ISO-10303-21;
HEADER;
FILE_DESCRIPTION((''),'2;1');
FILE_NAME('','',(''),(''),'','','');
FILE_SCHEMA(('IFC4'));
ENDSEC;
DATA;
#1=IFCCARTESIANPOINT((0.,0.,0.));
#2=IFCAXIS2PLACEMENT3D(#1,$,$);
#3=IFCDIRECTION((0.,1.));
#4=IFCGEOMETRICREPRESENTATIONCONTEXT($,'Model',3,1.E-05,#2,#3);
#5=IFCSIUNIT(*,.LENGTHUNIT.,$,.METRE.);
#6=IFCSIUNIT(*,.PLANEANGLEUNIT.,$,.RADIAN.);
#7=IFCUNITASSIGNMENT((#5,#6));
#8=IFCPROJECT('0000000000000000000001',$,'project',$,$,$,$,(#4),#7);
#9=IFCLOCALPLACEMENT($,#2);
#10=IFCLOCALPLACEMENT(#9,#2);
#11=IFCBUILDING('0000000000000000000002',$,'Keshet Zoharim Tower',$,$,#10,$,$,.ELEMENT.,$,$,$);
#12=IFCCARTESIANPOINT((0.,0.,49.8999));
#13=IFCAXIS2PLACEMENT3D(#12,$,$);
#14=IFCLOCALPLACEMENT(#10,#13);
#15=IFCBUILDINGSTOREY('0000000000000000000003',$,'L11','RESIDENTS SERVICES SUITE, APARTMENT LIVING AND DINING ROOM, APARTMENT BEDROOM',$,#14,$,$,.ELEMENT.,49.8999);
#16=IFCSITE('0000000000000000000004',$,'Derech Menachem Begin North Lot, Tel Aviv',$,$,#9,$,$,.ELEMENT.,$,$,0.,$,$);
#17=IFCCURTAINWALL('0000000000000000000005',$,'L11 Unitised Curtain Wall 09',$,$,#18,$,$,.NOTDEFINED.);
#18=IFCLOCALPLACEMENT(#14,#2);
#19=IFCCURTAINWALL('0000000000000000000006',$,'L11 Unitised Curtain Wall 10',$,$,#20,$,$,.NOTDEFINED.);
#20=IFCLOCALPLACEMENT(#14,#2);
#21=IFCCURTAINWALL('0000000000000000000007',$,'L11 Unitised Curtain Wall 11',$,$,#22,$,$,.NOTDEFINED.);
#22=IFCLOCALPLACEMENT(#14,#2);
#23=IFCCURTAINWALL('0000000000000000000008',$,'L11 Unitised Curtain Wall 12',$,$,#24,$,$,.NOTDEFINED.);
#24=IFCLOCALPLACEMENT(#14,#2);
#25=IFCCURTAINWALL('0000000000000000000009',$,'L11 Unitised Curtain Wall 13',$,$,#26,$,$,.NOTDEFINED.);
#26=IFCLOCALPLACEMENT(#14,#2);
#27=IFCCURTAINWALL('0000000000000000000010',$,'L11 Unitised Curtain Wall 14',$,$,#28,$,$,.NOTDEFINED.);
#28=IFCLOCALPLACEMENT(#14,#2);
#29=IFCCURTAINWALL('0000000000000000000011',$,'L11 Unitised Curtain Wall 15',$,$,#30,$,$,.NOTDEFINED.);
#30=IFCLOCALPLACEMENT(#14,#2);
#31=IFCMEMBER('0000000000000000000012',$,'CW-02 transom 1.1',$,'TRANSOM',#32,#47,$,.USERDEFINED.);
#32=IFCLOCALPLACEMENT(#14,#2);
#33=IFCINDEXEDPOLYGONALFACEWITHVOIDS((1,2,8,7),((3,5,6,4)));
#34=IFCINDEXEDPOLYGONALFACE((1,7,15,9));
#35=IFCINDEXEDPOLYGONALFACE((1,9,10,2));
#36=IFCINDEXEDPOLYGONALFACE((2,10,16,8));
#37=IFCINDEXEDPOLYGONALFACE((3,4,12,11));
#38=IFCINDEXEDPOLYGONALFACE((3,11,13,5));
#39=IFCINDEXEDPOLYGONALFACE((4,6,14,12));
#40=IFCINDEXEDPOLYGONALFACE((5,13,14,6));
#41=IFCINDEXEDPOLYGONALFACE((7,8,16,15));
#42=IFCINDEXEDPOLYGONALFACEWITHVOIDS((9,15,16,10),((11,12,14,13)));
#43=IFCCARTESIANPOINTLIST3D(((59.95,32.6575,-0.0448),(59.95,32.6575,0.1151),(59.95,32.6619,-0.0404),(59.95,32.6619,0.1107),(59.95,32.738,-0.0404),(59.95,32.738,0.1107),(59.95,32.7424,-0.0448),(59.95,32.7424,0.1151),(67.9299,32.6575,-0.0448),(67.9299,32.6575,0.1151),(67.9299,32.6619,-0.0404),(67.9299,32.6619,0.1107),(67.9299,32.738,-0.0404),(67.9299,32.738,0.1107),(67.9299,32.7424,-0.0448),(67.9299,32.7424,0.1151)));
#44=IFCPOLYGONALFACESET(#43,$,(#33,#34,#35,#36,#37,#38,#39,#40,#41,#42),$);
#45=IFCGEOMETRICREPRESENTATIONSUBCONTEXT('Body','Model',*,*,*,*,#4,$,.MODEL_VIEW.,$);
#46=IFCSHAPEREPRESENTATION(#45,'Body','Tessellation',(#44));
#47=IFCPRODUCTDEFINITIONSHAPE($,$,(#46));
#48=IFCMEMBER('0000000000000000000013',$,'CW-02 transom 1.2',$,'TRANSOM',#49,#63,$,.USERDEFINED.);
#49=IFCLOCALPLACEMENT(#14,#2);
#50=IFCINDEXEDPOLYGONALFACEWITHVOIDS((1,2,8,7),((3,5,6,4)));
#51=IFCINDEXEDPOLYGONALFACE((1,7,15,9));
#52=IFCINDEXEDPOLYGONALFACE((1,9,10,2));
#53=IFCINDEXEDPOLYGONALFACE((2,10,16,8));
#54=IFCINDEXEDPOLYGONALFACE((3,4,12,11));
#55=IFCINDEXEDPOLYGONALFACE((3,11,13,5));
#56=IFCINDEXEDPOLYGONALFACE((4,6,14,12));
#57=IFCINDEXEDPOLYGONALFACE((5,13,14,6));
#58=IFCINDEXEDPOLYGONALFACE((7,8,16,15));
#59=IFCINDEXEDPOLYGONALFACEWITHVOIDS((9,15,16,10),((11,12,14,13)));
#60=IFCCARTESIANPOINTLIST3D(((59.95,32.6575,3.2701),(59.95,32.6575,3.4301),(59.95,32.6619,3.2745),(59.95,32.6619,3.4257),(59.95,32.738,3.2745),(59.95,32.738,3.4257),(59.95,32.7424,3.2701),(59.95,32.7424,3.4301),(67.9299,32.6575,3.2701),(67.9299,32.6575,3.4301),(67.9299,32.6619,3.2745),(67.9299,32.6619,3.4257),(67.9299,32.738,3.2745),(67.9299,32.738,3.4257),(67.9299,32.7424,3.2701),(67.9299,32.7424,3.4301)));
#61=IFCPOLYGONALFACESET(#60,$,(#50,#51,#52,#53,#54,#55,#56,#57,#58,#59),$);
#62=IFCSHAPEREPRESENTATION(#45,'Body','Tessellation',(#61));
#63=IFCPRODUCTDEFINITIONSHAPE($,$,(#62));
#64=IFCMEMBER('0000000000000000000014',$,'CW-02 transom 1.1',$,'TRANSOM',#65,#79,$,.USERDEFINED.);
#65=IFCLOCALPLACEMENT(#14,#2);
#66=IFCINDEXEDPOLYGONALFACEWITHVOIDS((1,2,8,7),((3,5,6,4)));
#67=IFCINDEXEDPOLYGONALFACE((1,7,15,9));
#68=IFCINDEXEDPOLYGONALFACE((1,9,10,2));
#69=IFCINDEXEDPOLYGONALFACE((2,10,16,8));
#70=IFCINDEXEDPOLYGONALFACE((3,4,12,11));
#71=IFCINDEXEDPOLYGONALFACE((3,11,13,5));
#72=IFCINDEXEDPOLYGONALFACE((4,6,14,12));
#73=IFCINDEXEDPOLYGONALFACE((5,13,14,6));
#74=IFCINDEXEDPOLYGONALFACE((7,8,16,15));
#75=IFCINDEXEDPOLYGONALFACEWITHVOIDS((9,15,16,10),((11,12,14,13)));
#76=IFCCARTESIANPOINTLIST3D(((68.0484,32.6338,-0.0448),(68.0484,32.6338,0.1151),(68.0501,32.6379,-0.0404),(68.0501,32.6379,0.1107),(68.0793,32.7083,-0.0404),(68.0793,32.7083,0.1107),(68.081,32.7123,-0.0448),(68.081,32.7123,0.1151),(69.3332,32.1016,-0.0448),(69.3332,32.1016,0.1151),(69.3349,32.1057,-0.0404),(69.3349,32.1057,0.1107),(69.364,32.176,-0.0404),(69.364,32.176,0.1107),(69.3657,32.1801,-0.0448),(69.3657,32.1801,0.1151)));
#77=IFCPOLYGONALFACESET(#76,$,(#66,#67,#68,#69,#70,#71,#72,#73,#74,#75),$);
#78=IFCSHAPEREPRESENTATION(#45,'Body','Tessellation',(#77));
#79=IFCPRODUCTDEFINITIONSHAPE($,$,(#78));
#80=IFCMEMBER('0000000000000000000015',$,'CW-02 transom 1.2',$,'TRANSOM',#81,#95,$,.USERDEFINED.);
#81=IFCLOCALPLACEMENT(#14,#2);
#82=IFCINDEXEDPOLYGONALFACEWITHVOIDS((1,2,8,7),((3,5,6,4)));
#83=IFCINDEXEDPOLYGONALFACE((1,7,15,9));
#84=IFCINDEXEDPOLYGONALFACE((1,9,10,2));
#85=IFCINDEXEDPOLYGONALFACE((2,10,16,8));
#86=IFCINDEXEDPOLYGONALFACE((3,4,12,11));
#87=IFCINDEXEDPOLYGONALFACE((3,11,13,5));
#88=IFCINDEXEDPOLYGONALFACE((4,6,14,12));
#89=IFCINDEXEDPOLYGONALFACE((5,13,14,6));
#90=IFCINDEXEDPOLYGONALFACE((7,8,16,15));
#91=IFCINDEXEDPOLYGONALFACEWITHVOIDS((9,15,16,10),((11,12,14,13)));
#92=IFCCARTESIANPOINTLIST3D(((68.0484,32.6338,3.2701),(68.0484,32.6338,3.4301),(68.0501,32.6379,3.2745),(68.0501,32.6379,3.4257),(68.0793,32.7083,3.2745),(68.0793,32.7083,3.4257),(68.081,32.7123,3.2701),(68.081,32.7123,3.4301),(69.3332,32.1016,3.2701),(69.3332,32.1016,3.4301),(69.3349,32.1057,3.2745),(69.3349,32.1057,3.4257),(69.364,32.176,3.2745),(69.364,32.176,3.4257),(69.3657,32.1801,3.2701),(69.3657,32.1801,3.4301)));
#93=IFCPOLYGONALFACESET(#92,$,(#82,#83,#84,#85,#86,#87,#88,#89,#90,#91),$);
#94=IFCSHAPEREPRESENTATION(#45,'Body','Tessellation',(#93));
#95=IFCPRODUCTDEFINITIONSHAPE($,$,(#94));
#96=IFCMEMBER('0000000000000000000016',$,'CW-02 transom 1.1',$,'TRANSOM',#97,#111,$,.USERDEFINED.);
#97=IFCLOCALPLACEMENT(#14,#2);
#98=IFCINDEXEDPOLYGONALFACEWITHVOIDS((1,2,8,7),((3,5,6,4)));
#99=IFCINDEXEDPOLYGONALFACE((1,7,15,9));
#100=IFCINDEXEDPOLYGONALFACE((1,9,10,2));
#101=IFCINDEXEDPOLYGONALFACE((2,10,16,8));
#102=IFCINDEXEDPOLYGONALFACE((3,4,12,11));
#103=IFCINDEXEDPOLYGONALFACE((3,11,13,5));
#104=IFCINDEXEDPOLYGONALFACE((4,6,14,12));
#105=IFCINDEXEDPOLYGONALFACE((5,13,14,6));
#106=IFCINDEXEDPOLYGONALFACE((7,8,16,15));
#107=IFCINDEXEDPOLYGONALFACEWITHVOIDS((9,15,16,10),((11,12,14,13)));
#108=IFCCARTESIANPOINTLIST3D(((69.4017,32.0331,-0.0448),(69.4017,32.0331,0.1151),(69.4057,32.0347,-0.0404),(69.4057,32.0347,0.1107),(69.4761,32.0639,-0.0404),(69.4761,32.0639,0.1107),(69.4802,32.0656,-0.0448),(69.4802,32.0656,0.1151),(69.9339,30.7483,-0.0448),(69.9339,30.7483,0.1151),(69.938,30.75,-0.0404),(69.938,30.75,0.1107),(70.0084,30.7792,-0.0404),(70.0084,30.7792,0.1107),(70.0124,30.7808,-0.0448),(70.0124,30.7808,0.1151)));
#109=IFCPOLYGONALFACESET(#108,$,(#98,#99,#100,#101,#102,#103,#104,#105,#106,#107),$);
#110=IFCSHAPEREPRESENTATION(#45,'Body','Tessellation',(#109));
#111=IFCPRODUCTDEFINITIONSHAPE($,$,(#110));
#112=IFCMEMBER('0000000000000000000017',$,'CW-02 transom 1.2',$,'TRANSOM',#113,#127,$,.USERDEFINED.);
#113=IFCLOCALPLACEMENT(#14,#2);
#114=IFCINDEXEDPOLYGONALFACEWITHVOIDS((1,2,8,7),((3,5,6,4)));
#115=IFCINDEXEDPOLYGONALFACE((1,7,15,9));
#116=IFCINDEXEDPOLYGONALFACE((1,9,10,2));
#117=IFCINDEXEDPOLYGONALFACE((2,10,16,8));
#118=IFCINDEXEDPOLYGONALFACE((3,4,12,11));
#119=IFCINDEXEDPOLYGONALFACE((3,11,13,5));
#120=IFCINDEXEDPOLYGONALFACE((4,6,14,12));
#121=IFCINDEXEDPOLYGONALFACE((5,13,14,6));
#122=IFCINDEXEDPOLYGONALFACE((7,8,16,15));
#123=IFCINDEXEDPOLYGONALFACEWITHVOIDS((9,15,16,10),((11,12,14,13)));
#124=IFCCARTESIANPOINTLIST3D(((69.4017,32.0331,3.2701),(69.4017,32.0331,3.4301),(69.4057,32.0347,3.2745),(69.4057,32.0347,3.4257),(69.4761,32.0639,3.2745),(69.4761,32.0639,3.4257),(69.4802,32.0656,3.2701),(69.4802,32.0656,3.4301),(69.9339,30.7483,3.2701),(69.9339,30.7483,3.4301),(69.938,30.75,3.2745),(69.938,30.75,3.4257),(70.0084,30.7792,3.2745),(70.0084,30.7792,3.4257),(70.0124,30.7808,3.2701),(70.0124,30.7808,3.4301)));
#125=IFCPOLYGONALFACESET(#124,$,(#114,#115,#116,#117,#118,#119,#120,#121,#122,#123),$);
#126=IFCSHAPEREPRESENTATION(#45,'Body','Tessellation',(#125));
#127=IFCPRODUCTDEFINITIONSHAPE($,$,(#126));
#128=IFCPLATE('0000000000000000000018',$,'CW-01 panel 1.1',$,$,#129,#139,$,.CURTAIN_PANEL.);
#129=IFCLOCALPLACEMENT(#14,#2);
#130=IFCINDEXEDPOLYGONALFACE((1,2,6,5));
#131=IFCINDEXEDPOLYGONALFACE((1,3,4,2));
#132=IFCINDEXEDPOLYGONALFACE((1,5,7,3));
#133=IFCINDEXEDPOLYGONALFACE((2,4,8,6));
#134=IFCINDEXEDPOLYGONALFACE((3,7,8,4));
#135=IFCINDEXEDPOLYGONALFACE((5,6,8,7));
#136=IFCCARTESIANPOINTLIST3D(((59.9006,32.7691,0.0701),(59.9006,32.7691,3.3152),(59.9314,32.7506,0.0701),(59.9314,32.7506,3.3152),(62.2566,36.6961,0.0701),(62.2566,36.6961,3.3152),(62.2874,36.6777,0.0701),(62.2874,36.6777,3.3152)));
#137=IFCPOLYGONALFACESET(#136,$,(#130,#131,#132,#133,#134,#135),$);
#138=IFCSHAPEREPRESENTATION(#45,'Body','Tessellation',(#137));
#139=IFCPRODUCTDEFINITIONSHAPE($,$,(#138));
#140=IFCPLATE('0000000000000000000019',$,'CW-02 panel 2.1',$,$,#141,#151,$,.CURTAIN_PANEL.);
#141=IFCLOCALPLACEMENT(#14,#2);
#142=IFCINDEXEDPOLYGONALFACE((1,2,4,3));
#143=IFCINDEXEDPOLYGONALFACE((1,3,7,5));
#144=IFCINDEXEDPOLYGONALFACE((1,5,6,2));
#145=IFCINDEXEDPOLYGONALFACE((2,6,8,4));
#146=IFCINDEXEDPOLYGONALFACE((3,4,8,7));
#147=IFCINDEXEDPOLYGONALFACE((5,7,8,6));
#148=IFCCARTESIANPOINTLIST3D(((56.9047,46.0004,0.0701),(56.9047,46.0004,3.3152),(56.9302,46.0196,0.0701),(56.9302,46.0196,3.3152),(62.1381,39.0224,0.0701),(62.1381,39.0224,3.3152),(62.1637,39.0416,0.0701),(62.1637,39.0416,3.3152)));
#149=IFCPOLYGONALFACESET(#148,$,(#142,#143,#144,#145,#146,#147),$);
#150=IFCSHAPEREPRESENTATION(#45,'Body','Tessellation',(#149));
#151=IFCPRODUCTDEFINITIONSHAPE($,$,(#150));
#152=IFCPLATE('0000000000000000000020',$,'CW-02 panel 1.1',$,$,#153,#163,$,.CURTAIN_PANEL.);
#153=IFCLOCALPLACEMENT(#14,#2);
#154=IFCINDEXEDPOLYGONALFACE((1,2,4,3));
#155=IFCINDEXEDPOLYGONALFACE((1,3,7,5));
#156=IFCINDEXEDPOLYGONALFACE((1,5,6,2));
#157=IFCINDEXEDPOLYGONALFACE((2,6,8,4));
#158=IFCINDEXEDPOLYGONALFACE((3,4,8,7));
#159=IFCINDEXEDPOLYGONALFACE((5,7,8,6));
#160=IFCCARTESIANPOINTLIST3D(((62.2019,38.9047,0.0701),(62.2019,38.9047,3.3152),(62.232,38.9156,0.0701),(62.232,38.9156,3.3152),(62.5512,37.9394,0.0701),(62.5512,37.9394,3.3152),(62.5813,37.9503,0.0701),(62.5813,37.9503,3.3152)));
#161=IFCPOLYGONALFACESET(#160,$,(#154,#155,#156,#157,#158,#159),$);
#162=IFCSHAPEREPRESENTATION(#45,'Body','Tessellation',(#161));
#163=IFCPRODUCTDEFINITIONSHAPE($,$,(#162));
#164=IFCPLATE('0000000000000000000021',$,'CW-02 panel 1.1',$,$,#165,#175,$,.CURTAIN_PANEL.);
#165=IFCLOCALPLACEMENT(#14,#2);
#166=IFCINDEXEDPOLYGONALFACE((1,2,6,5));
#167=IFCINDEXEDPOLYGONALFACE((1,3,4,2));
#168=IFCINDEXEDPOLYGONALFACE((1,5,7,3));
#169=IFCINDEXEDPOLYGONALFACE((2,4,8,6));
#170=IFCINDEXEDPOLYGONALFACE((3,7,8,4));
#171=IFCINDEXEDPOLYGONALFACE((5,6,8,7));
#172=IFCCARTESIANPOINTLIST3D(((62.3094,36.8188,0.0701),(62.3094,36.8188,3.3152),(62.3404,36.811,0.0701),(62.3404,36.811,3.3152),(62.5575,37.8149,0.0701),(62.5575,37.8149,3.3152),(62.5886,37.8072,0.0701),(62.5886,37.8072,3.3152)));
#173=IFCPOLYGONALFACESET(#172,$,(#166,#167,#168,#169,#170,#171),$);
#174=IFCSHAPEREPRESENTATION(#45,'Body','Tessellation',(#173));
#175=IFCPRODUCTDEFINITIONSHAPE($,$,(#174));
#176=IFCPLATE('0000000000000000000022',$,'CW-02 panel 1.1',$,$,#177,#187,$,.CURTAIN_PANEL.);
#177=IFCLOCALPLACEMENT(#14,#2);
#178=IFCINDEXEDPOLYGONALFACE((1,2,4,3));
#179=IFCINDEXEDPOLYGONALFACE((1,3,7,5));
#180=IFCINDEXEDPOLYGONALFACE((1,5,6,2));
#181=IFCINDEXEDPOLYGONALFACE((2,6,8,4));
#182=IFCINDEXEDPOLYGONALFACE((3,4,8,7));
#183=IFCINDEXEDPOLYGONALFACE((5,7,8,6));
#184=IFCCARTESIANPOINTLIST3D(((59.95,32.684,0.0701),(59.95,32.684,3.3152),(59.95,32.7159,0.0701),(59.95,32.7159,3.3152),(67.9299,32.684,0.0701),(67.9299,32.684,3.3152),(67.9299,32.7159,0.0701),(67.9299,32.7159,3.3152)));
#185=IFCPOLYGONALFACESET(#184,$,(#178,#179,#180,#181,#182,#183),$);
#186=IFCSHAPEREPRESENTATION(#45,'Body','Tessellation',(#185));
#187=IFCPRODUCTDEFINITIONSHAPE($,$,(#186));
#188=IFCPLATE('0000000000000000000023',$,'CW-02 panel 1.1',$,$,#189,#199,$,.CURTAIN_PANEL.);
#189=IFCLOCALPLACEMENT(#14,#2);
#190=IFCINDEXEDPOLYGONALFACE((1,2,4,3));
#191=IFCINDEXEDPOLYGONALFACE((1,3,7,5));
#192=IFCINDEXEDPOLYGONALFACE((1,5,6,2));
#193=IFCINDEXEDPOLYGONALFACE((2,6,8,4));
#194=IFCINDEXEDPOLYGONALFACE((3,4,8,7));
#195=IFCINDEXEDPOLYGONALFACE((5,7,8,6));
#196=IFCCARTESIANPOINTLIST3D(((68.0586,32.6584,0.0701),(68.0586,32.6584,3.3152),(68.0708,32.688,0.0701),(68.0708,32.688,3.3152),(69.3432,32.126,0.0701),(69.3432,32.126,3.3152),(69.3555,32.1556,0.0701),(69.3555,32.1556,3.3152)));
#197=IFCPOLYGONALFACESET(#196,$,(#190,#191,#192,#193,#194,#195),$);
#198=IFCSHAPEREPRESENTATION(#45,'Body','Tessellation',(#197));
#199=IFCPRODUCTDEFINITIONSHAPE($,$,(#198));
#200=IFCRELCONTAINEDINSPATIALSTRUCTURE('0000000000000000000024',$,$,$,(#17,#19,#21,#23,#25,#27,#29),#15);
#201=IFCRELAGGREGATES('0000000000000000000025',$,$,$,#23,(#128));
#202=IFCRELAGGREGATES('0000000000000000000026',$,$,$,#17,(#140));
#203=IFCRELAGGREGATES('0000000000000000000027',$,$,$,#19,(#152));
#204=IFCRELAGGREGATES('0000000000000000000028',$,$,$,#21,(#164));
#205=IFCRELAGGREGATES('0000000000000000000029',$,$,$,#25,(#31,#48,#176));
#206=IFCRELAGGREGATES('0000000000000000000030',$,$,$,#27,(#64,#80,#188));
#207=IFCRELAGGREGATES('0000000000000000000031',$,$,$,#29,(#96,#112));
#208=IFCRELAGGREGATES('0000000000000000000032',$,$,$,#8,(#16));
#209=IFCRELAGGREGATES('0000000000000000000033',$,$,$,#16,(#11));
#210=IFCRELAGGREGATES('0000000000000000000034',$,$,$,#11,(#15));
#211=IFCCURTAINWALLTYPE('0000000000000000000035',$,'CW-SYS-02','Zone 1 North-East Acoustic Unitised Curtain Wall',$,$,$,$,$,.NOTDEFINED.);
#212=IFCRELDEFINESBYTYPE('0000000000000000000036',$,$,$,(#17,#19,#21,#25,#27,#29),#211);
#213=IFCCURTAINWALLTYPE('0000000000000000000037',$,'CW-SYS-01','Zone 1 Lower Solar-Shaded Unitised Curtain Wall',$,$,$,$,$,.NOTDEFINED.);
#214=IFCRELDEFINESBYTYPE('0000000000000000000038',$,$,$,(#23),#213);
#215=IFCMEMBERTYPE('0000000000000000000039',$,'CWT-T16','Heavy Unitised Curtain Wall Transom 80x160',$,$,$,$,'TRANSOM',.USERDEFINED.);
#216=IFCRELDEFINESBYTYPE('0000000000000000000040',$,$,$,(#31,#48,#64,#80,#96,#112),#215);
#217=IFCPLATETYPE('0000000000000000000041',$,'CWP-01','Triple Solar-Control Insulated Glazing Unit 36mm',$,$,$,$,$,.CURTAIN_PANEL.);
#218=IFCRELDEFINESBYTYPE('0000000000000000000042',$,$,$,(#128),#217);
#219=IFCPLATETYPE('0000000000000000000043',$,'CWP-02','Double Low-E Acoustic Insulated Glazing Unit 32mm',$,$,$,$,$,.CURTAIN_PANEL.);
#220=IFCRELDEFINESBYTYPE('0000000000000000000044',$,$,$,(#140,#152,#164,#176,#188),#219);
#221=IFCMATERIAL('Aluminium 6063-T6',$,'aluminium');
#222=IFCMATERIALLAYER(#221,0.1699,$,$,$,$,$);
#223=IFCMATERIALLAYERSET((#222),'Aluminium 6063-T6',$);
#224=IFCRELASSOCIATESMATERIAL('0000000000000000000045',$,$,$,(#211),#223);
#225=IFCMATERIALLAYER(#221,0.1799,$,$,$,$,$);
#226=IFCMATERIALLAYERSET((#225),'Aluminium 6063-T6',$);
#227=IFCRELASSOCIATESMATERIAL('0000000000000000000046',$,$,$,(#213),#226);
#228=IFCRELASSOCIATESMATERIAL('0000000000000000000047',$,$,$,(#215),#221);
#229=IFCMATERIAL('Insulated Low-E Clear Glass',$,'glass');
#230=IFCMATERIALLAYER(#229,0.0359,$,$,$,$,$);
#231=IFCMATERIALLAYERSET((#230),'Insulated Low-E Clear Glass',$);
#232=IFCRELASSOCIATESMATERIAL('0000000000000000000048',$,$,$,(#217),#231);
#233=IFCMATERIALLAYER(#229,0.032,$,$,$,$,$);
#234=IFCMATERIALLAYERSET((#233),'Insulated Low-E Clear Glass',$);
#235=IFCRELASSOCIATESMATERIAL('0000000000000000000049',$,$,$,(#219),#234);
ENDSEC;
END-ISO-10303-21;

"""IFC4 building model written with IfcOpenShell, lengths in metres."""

from ifc_helpers import new_model, si_unit, direction, frame, origin, origin_2d, place, context, subcontext, project, spatial, rectangle, hollow_rectangle, extrude, material, layer, layer_set, material_profile, profile_set, type_object, element, aggregate, save


model = new_model("IFC4")

# Units and contexts
model_context = context("Model", 3, precision=1e-05, world=origin(), true_north=direction((0.0, 1.0)))
body_context = subcontext(model_context, "Body", "Model", "MODEL_VIEW")
ifc_project = project(units=[si_unit("LENGTHUNIT", "METRE"), si_unit("PLANEANGLEUNIT", "RADIAN")], contexts=[model_context])

# Site, building, storey
site_placement = place(None, origin())
site = spatial("IfcSite", under=ifc_project, at=site_placement, Name="Derech Menachem Begin North Lot, Tel Aviv", CompositionType="ELEMENT", RefElevation=0.0)
building_placement = place(site_placement, origin())
building = spatial("IfcBuilding", under=site, at=building_placement, Name="Keshet Zoharim Tower", CompositionType="ELEMENT")
storey_placement = place(building_placement, frame((0.0, 0.0, 49.8999)))
storey = spatial("IfcBuildingStorey", under=building, at=storey_placement, Name="L11", Description="RESIDENTS SERVICES SUITE, APARTMENT LIVING AND DINING ROOM, APARTMENT BEDROOM", CompositionType="ELEMENT", Elevation=49.8999)

# Curtain wall
ifc_material_1 = material(Name="Aluminium 6063-T6", Category="aluminium")
ifc_layer_1 = layer(ifc_material_1, 0.1699)
ifc_layer_set_1 = layer_set([ifc_layer_1], Name="Aluminium 6063-T6")
curtain_wall_type_1 = type_object("IfcCurtainWallType", Name="CW-SYS-02", Description="Zone 1 North-East Acoustic Unitised Curtain Wall", PredefinedType="NOTDEFINED", material=ifc_layer_set_1)
curtain_wall_1_placement = place(storey_placement, origin())
curtain_wall_1 = element("IfcCurtainWall", 1, at=curtain_wall_1_placement, inside=storey, type_object=curtain_wall_type_1, Name="L11 Unitised Curtain Wall 09", PredefinedType="NOTDEFINED")

# Curtain walls
curtain_wall_2_placement = place(storey_placement, origin())
curtain_wall_2 = element("IfcCurtainWall", 2, at=curtain_wall_2_placement, inside=storey, type_object=curtain_wall_type_1, Name="L11 Unitised Curtain Wall 10", PredefinedType="NOTDEFINED")
curtain_wall_3_placement = place(storey_placement, origin())
curtain_wall_3 = element("IfcCurtainWall", 3, at=curtain_wall_3_placement, inside=storey, type_object=curtain_wall_type_1, Name="L11 Unitised Curtain Wall 11", PredefinedType="NOTDEFINED")
ifc_layer_2 = layer(ifc_material_1, 0.1799)
ifc_layer_set_2 = layer_set([ifc_layer_2], Name="Aluminium 6063-T6")
curtain_wall_type_2 = type_object("IfcCurtainWallType", Name="CW-SYS-01", Description="Zone 1 Lower Solar-Shaded Unitised Curtain Wall", PredefinedType="NOTDEFINED", material=ifc_layer_set_2)
curtain_wall_4_placement = place(storey_placement, origin())
curtain_wall_4 = element("IfcCurtainWall", 4, at=curtain_wall_4_placement, inside=storey, type_object=curtain_wall_type_2, Name="L11 Unitised Curtain Wall 12", PredefinedType="NOTDEFINED")
curtain_wall_5_placement = place(storey_placement, origin())
curtain_wall_5 = element("IfcCurtainWall", 5, at=curtain_wall_5_placement, inside=storey, type_object=curtain_wall_type_1, Name="L11 Unitised Curtain Wall 13", PredefinedType="NOTDEFINED")
curtain_wall_6_placement = place(storey_placement, origin())
curtain_wall_6 = element("IfcCurtainWall", 6, at=curtain_wall_6_placement, inside=storey, type_object=curtain_wall_type_1, Name="L11 Unitised Curtain Wall 14", PredefinedType="NOTDEFINED")
curtain_wall_7_placement = place(storey_placement, origin())
curtain_wall_7 = element("IfcCurtainWall", 7, at=curtain_wall_7_placement, inside=storey, type_object=curtain_wall_type_1, Name="L11 Unitised Curtain Wall 15", PredefinedType="NOTDEFINED")

# Members
ifc_material_profile_1 = material_profile(ifc_material_1, hollow_rectangle(XDim=0.085, YDim=0.1599, WallThickness=0.0044, at=origin_2d()), Name="TRN-85x160")
ifc_profile_set_1 = profile_set([ifc_material_profile_1], Name="Aluminium 6063-T6")
member_type_1 = type_object("IfcMemberType", Name="CWT-T16", Description="Heavy Unitised Curtain Wall Transom 80x160", ElementType="TRANSOM", PredefinedType="USERDEFINED", material=ifc_profile_set_1)
member_1_placement = place(storey_placement, frame((59.95, 32.7, 0.0352), z_axis=(1.0, 0.0, 0.0), x_axis=(0.0, 1.0, 0.0)))
member_1 = element("IfcMember", 8, at=member_1_placement, type_object=member_type_1, Name="CW-02 transom 1.1", ObjectType="TRANSOM", PredefinedType="USERDEFINED", context=body_context, shape_type="SweptSolid", body=[
    extrude(hollow_rectangle(XDim=0.085, YDim=0.1599, WallThickness=0.0044, at=origin_2d()), origin(), (0.0, 0.0, 1.0), 7.98),
])
member_2_placement = place(storey_placement, frame((59.95, 32.7, 3.3501), z_axis=(1.0, 0.0, 0.0), x_axis=(0.0, 1.0, 0.0)))
member_2 = element("IfcMember", 9, at=member_2_placement, type_object=member_type_1, Name="CW-02 transom 1.2", ObjectType="TRANSOM", PredefinedType="USERDEFINED", context=body_context, shape_type="SweptSolid", body=[
    extrude(hollow_rectangle(XDim=0.085, YDim=0.1599, WallThickness=0.0044, at=origin_2d()), origin(), (0.0, 0.0, 1.0), 7.98),
])
member_3_placement = place(storey_placement, frame((68.0647, 32.6731, 0.0352), z_axis=(0.923854, -0.382745, 0.0), x_axis=(0.382745, 0.923854, 0.0)))
member_3 = element("IfcMember", 10, at=member_3_placement, type_object=member_type_1, Name="CW-02 transom 1.1", ObjectType="TRANSOM", PredefinedType="USERDEFINED", context=body_context, shape_type="SweptSolid", body=[
    extrude(hollow_rectangle(XDim=0.085, YDim=0.1599, WallThickness=0.0044, at=origin_2d()), origin(), (0.0, 0.0, 1.0), 1.3906),
])
member_4_placement = place(storey_placement, frame((68.0647, 32.6731, 3.3501), z_axis=(0.923854, -0.382745, 0.0), x_axis=(0.382745, 0.923854, 0.0)))
member_4 = element("IfcMember", 11, at=member_4_placement, type_object=member_type_1, Name="CW-02 transom 1.2", ObjectType="TRANSOM", PredefinedType="USERDEFINED", context=body_context, shape_type="SweptSolid", body=[
    extrude(hollow_rectangle(XDim=0.085, YDim=0.1599, WallThickness=0.0044, at=origin_2d()), origin(), (0.0, 0.0, 1.0), 1.3906),
])
member_5_placement = place(storey_placement, frame((69.4409, 32.0493, 0.0352), z_axis=(0.382745, -0.923854, 0.0), x_axis=(0.923854, 0.382745, 0.0)))
member_5 = element("IfcMember", 12, at=member_5_placement, type_object=member_type_1, Name="CW-02 transom 1.1", ObjectType="TRANSOM", PredefinedType="USERDEFINED", context=body_context, shape_type="SweptSolid", body=[
    extrude(hollow_rectangle(XDim=0.085, YDim=0.1599, WallThickness=0.0044, at=origin_2d()), origin(), (0.0, 0.0, 1.0), 1.3906),
])
member_6_placement = place(storey_placement, frame((69.4409, 32.0493, 3.3501), z_axis=(0.382745, -0.923854, 0.0), x_axis=(0.923854, 0.382745, 0.0)))
member_6 = element("IfcMember", 13, at=member_6_placement, type_object=member_type_1, Name="CW-02 transom 1.2", ObjectType="TRANSOM", PredefinedType="USERDEFINED", context=body_context, shape_type="SweptSolid", body=[
    extrude(hollow_rectangle(XDim=0.085, YDim=0.1599, WallThickness=0.0044, at=origin_2d()), origin(), (0.0, 0.0, 1.0), 1.3906),
])

# Plates
ifc_material_2 = material(Name="Insulated Low-E Clear Glass", Category="glass")
ifc_layer_3 = layer(ifc_material_2, 0.0359)
ifc_layer_set_3 = layer_set([ifc_layer_3], Name="Insulated Low-E Clear Glass")
plate_type_1 = type_object("IfcPlateType", Name="CWP-01", Description="Triple Solar-Control Insulated Glazing Unit 36mm", PredefinedType="CURTAIN_PANEL", material=ifc_layer_set_3)
plate_1_placement = place(storey_placement, frame((61.094, 34.7234, 0.0701), z_axis=(0.0, 0.0, 1.0), x_axis=(-0.514465, -0.857512, 0.0)))
plate_1 = element("IfcPlate", 14, at=plate_1_placement, type_object=plate_type_1, Name="CW-01 panel 1.1", PredefinedType="CURTAIN_PANEL", context=body_context, shape_type="SweptSolid", body=[
    extrude(rectangle(XDim=4.5796, YDim=0.0359, at=origin_2d()), origin(), (0.0, 0.0, 1.0), 3.2451),
])
aggregate(curtain_wall_4, [plate_1])
ifc_layer_4 = layer(ifc_material_2, 0.032)
ifc_layer_set_4 = layer_set([ifc_layer_4], Name="Insulated Low-E Clear Glass")
plate_type_2 = type_object("IfcPlateType", Name="CWP-02", Description="Double Low-E Acoustic Insulated Glazing Unit 32mm", PredefinedType="CURTAIN_PANEL", material=ifc_layer_set_4)
plate_2_placement = place(storey_placement, frame((59.5342, 42.521, 0.0701), z_axis=(0.0, 0.0, 1.0), x_axis=(0.6, -0.8, 0.0)))
plate_2 = element("IfcPlate", 15, at=plate_2_placement, type_object=plate_type_2, Name="CW-02 panel 2.1", PredefinedType="CURTAIN_PANEL", context=body_context, shape_type="SweptSolid", body=[
    extrude(rectangle(XDim=8.7224, YDim=0.032, at=origin_2d()), origin(), (0.0, 0.0, 1.0), 3.2451),
])
aggregate(curtain_wall_1, [plate_2])
plate_3_placement = place(storey_placement, frame((62.3916, 38.4275, 0.0701), z_axis=(0.0, 0.0, 1.0), x_axis=(0.340297, -0.940318, 0.0)))
plate_3 = element("IfcPlate", 16, at=plate_3_placement, type_object=plate_type_2, Name="CW-02 panel 1.1", PredefinedType="CURTAIN_PANEL", context=body_context, shape_type="SweptSolid", body=[
    extrude(rectangle(XDim=1.0266, YDim=0.032, at=origin_2d()), origin(), (0.0, 0.0, 1.0), 3.2451),
])
aggregate(curtain_wall_2, [plate_3])
plate_4_placement = place(storey_placement, frame((62.449, 37.313, 0.0701), z_axis=(0.0, 0.0, 1.0), x_axis=(-0.241729, -0.970344, 0.0)))
plate_4 = element("IfcPlate", 17, at=plate_4_placement, type_object=plate_type_2, Name="CW-02 panel 1.1", PredefinedType="CURTAIN_PANEL", context=body_context, shape_type="SweptSolid", body=[
    extrude(rectangle(XDim=1.0266, YDim=0.032, at=origin_2d()), origin(), (0.0, 0.0, 1.0), 3.2451),
])
aggregate(curtain_wall_3, [plate_4])
plate_5_placement = place(storey_placement, frame((63.9399, 32.7, 0.0701), z_axis=(0.0, 0.0, 1.0), x_axis=(1.0, 0.0, 0.0)))
plate_5 = element("IfcPlate", 18, at=plate_5_placement, type_object=plate_type_2, Name="CW-02 panel 1.1", PredefinedType="CURTAIN_PANEL", context=body_context, shape_type="SweptSolid", body=[
    extrude(rectangle(XDim=7.98, YDim=0.032, at=origin_2d()), origin(), (0.0, 0.0, 1.0), 3.2451),
])
aggregate(curtain_wall_5, [member_1, member_2, plate_5])
plate_6_placement = place(storey_placement, frame((68.707, 32.407, 0.0701), z_axis=(0.0, 0.0, 1.0), x_axis=(0.92381, -0.382852, 0.0)))
plate_6 = element("IfcPlate", 19, at=plate_6_placement, type_object=plate_type_2, Name="CW-02 panel 1.1", PredefinedType="CURTAIN_PANEL", context=body_context, shape_type="SweptSolid", body=[
    extrude(rectangle(XDim=1.3906, YDim=0.032, at=origin_2d()), origin(), (0.0, 0.0, 1.0), 3.2451),
])
aggregate(curtain_wall_6, [member_3, member_4, plate_6])
aggregate(curtain_wall_7, [member_5, member_6])

save(model, "model.ifc")
